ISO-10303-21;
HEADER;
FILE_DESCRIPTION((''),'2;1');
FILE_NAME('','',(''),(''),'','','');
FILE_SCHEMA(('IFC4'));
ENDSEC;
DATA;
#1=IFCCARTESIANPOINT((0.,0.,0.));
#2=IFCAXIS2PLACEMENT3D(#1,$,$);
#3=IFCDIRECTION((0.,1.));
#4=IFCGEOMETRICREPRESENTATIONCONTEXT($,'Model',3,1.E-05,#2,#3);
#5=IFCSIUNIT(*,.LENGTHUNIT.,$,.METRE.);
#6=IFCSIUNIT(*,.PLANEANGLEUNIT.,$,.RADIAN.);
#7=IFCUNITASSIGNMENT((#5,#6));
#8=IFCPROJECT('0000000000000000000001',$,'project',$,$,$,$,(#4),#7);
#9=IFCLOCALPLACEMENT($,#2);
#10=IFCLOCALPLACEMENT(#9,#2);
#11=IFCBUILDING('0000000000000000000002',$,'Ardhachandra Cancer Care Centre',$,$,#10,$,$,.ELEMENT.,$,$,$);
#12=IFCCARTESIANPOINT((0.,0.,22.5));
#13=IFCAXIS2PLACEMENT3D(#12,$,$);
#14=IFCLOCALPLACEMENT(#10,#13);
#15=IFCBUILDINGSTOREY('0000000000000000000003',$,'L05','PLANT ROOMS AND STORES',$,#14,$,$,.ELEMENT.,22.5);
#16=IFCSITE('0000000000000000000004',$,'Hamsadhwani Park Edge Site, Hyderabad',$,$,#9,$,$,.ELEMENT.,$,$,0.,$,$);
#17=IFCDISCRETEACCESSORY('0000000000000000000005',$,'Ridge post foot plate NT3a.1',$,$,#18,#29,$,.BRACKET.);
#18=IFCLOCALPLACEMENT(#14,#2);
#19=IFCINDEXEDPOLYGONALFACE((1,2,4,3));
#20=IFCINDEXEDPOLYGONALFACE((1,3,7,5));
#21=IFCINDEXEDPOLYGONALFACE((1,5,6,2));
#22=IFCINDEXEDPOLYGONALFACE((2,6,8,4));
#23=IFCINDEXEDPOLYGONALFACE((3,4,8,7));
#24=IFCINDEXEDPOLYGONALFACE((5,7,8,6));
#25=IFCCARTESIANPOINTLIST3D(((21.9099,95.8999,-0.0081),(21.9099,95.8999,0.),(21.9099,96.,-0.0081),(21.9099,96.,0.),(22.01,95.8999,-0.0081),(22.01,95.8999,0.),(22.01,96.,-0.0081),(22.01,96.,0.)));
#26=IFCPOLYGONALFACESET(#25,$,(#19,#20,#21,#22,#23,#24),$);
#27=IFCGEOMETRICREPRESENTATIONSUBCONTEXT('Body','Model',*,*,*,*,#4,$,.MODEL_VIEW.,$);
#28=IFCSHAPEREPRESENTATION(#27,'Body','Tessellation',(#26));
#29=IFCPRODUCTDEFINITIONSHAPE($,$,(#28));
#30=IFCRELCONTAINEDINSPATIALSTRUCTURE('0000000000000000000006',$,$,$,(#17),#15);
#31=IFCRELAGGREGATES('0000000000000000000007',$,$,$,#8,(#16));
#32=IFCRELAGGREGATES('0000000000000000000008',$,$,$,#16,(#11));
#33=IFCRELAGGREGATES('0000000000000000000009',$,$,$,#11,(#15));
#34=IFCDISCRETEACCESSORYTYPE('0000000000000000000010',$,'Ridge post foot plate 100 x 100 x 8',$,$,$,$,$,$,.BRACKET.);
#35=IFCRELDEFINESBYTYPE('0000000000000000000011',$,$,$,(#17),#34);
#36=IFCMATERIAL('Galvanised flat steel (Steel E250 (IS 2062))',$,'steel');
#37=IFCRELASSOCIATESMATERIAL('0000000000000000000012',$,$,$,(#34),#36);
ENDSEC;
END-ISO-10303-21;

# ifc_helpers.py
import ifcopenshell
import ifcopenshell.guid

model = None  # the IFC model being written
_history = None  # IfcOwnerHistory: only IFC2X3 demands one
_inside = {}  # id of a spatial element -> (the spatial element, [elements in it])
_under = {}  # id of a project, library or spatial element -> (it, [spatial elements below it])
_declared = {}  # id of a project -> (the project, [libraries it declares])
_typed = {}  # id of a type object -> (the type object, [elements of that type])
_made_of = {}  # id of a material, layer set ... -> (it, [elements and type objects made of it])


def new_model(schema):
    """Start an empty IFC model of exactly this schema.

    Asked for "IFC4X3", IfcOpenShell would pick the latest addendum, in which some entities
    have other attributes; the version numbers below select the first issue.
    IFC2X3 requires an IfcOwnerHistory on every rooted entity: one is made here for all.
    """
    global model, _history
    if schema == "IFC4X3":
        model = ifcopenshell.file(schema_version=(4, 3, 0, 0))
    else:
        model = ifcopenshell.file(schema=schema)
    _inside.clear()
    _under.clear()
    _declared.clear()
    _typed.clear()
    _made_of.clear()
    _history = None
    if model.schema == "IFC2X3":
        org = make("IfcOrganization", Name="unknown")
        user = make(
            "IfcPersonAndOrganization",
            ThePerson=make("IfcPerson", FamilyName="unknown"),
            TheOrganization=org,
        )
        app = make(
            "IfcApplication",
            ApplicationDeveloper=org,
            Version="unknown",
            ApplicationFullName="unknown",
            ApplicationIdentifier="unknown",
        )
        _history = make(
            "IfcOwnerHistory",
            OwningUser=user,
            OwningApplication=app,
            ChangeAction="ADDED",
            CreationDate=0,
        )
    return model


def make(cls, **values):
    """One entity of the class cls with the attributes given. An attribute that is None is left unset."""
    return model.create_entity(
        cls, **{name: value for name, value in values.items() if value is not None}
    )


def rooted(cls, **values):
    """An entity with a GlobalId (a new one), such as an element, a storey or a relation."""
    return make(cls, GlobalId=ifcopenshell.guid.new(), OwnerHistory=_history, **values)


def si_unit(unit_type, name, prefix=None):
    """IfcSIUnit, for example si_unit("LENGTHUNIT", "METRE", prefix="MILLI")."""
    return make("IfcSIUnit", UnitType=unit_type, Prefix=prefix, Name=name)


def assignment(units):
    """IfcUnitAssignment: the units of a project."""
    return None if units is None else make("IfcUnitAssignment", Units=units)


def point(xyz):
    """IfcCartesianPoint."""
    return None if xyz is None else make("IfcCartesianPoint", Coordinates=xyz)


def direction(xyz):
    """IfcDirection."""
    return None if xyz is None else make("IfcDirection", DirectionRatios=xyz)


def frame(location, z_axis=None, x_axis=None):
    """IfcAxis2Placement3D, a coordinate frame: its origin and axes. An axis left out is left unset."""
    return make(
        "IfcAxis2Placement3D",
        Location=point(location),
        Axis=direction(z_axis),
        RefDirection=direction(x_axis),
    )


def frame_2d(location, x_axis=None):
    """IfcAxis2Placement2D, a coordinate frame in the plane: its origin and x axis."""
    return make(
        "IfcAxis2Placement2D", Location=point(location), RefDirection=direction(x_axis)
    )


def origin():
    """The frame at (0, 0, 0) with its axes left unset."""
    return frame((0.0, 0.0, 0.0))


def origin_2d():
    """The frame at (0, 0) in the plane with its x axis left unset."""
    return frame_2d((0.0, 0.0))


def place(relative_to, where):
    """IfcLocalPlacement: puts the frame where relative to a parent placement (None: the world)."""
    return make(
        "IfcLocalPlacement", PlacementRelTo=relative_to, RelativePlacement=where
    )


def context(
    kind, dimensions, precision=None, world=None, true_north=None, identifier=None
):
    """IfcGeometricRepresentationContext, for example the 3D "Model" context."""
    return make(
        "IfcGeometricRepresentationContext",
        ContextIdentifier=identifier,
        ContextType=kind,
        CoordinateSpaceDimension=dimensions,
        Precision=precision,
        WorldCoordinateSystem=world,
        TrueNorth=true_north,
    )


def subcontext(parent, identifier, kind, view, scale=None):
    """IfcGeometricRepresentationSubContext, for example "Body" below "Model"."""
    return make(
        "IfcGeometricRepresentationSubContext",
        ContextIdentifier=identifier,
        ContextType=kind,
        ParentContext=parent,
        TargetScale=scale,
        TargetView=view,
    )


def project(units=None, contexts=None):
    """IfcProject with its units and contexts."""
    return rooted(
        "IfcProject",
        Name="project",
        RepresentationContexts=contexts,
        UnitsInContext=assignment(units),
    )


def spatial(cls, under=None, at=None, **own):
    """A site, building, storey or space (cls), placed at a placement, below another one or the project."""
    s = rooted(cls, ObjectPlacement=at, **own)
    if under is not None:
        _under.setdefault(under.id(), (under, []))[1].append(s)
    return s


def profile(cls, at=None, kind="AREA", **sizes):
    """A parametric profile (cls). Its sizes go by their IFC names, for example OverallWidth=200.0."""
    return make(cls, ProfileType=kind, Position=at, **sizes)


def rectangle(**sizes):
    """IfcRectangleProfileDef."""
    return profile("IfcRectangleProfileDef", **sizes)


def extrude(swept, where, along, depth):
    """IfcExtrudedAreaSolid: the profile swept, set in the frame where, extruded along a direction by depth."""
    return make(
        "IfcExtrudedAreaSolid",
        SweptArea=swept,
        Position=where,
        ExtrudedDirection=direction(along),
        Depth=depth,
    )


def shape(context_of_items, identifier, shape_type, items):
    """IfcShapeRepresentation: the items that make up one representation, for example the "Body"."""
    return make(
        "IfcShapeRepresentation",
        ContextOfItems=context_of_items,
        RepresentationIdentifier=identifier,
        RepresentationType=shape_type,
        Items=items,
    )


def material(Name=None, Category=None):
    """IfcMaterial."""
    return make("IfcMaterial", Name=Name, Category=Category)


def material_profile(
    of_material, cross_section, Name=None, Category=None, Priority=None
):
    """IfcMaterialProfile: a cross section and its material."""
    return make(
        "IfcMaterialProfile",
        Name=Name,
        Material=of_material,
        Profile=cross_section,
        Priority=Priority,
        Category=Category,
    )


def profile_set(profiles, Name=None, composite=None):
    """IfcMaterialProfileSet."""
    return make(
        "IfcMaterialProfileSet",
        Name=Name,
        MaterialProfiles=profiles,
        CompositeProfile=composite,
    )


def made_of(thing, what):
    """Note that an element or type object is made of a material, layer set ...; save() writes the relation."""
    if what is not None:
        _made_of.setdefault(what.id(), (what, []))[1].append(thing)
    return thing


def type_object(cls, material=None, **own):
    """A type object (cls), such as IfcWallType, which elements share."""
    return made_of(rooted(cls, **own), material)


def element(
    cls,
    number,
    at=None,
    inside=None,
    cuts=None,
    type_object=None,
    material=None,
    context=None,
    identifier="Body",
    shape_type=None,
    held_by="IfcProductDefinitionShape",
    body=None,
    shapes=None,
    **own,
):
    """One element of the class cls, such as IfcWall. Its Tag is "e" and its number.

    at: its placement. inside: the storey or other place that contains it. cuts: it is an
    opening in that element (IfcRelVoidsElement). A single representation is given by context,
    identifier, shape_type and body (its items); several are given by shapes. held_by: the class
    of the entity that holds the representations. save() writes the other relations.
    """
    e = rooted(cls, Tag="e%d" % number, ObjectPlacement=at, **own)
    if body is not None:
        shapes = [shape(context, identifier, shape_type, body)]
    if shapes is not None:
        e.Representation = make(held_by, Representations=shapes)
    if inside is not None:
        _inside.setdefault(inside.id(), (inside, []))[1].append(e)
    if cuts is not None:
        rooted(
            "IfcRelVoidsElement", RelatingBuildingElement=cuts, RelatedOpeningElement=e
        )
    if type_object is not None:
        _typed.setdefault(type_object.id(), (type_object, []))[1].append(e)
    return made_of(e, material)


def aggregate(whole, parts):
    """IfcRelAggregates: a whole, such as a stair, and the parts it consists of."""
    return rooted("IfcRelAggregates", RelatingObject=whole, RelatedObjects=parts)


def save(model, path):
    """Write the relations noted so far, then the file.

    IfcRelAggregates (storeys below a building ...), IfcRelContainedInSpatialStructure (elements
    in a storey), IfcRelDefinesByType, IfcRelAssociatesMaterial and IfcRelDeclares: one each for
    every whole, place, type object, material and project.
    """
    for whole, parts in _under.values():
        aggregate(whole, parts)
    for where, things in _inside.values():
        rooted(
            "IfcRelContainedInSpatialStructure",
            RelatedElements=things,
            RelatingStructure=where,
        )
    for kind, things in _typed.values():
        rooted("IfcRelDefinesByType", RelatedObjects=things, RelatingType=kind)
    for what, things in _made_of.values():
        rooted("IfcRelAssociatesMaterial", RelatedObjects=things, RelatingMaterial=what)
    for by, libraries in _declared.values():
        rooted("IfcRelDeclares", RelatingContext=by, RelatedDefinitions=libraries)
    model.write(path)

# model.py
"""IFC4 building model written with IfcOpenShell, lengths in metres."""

from ifc_helpers import new_model, si_unit, direction, frame, origin, origin_2d, place, context, subcontext, project, spatial, rectangle, extrude, material, material_profile, profile_set, type_object, element, save


model = new_model("IFC4")

# Units and contexts
model_context = context("Model", 3, precision=1e-05, world=origin(), true_north=direction((0.0, 1.0)))
body_context = subcontext(model_context, "Body", "Model", "MODEL_VIEW")
ifc_project = project(units=[si_unit("LENGTHUNIT", "METRE"), si_unit("PLANEANGLEUNIT", "RADIAN")], contexts=[model_context])

# Site, building, storey
site_placement = place(None, origin())
site = spatial("IfcSite", under=ifc_project, at=site_placement, Name="Hamsadhwani Park Edge Site, Hyderabad", CompositionType="ELEMENT", RefElevation=0.0)
building_placement = place(site_placement, origin())
building = spatial("IfcBuilding", under=site, at=building_placement, Name="Ardhachandra Cancer Care Centre", CompositionType="ELEMENT")
storey_placement = place(building_placement, frame((0.0, 0.0, 22.5)))
storey = spatial("IfcBuildingStorey", under=building, at=storey_placement, Name="L05", Description="PLANT ROOMS AND STORES", CompositionType="ELEMENT", Elevation=22.5)

# Discrete accessory
ifc_material_1 = material(Name="Galvanised flat steel (Steel E250 (IS 2062))", Category="steel")
ifc_material_profile_1 = material_profile(ifc_material_1, rectangle(XDim=0.1001, YDim=0.1001, at=origin_2d()), Name="Ridge post foot plate 100 x 100 x 8")
ifc_profile_set_1 = profile_set([ifc_material_profile_1], Name="Galvanised flat steel (Steel E250 (IS 2062))")
discrete_accessory_type_1 = type_object("IfcDiscreteAccessoryType", Name="Ridge post foot plate 100 x 100 x 8", PredefinedType="BRACKET", material=ifc_profile_set_1)
discrete_accessory_1_placement = place(storey_placement, frame((21.96, 95.95, 0.0), z_axis=(0.0, 0.0, -1.0), x_axis=(1.0, 0.0, 0.0)))
element("IfcDiscreteAccessory", 1, at=discrete_accessory_1_placement, inside=storey, type_object=discrete_accessory_type_1, Name="Ridge post foot plate NT3a.1", PredefinedType="BRACKET", context=body_context, shape_type="SweptSolid", body=[
    extrude(rectangle(XDim=0.1001, YDim=0.1001, at=origin_2d()), origin(), (0.0, 0.0, 1.0), 0.0081),
])

save(model, "model.ifc")
